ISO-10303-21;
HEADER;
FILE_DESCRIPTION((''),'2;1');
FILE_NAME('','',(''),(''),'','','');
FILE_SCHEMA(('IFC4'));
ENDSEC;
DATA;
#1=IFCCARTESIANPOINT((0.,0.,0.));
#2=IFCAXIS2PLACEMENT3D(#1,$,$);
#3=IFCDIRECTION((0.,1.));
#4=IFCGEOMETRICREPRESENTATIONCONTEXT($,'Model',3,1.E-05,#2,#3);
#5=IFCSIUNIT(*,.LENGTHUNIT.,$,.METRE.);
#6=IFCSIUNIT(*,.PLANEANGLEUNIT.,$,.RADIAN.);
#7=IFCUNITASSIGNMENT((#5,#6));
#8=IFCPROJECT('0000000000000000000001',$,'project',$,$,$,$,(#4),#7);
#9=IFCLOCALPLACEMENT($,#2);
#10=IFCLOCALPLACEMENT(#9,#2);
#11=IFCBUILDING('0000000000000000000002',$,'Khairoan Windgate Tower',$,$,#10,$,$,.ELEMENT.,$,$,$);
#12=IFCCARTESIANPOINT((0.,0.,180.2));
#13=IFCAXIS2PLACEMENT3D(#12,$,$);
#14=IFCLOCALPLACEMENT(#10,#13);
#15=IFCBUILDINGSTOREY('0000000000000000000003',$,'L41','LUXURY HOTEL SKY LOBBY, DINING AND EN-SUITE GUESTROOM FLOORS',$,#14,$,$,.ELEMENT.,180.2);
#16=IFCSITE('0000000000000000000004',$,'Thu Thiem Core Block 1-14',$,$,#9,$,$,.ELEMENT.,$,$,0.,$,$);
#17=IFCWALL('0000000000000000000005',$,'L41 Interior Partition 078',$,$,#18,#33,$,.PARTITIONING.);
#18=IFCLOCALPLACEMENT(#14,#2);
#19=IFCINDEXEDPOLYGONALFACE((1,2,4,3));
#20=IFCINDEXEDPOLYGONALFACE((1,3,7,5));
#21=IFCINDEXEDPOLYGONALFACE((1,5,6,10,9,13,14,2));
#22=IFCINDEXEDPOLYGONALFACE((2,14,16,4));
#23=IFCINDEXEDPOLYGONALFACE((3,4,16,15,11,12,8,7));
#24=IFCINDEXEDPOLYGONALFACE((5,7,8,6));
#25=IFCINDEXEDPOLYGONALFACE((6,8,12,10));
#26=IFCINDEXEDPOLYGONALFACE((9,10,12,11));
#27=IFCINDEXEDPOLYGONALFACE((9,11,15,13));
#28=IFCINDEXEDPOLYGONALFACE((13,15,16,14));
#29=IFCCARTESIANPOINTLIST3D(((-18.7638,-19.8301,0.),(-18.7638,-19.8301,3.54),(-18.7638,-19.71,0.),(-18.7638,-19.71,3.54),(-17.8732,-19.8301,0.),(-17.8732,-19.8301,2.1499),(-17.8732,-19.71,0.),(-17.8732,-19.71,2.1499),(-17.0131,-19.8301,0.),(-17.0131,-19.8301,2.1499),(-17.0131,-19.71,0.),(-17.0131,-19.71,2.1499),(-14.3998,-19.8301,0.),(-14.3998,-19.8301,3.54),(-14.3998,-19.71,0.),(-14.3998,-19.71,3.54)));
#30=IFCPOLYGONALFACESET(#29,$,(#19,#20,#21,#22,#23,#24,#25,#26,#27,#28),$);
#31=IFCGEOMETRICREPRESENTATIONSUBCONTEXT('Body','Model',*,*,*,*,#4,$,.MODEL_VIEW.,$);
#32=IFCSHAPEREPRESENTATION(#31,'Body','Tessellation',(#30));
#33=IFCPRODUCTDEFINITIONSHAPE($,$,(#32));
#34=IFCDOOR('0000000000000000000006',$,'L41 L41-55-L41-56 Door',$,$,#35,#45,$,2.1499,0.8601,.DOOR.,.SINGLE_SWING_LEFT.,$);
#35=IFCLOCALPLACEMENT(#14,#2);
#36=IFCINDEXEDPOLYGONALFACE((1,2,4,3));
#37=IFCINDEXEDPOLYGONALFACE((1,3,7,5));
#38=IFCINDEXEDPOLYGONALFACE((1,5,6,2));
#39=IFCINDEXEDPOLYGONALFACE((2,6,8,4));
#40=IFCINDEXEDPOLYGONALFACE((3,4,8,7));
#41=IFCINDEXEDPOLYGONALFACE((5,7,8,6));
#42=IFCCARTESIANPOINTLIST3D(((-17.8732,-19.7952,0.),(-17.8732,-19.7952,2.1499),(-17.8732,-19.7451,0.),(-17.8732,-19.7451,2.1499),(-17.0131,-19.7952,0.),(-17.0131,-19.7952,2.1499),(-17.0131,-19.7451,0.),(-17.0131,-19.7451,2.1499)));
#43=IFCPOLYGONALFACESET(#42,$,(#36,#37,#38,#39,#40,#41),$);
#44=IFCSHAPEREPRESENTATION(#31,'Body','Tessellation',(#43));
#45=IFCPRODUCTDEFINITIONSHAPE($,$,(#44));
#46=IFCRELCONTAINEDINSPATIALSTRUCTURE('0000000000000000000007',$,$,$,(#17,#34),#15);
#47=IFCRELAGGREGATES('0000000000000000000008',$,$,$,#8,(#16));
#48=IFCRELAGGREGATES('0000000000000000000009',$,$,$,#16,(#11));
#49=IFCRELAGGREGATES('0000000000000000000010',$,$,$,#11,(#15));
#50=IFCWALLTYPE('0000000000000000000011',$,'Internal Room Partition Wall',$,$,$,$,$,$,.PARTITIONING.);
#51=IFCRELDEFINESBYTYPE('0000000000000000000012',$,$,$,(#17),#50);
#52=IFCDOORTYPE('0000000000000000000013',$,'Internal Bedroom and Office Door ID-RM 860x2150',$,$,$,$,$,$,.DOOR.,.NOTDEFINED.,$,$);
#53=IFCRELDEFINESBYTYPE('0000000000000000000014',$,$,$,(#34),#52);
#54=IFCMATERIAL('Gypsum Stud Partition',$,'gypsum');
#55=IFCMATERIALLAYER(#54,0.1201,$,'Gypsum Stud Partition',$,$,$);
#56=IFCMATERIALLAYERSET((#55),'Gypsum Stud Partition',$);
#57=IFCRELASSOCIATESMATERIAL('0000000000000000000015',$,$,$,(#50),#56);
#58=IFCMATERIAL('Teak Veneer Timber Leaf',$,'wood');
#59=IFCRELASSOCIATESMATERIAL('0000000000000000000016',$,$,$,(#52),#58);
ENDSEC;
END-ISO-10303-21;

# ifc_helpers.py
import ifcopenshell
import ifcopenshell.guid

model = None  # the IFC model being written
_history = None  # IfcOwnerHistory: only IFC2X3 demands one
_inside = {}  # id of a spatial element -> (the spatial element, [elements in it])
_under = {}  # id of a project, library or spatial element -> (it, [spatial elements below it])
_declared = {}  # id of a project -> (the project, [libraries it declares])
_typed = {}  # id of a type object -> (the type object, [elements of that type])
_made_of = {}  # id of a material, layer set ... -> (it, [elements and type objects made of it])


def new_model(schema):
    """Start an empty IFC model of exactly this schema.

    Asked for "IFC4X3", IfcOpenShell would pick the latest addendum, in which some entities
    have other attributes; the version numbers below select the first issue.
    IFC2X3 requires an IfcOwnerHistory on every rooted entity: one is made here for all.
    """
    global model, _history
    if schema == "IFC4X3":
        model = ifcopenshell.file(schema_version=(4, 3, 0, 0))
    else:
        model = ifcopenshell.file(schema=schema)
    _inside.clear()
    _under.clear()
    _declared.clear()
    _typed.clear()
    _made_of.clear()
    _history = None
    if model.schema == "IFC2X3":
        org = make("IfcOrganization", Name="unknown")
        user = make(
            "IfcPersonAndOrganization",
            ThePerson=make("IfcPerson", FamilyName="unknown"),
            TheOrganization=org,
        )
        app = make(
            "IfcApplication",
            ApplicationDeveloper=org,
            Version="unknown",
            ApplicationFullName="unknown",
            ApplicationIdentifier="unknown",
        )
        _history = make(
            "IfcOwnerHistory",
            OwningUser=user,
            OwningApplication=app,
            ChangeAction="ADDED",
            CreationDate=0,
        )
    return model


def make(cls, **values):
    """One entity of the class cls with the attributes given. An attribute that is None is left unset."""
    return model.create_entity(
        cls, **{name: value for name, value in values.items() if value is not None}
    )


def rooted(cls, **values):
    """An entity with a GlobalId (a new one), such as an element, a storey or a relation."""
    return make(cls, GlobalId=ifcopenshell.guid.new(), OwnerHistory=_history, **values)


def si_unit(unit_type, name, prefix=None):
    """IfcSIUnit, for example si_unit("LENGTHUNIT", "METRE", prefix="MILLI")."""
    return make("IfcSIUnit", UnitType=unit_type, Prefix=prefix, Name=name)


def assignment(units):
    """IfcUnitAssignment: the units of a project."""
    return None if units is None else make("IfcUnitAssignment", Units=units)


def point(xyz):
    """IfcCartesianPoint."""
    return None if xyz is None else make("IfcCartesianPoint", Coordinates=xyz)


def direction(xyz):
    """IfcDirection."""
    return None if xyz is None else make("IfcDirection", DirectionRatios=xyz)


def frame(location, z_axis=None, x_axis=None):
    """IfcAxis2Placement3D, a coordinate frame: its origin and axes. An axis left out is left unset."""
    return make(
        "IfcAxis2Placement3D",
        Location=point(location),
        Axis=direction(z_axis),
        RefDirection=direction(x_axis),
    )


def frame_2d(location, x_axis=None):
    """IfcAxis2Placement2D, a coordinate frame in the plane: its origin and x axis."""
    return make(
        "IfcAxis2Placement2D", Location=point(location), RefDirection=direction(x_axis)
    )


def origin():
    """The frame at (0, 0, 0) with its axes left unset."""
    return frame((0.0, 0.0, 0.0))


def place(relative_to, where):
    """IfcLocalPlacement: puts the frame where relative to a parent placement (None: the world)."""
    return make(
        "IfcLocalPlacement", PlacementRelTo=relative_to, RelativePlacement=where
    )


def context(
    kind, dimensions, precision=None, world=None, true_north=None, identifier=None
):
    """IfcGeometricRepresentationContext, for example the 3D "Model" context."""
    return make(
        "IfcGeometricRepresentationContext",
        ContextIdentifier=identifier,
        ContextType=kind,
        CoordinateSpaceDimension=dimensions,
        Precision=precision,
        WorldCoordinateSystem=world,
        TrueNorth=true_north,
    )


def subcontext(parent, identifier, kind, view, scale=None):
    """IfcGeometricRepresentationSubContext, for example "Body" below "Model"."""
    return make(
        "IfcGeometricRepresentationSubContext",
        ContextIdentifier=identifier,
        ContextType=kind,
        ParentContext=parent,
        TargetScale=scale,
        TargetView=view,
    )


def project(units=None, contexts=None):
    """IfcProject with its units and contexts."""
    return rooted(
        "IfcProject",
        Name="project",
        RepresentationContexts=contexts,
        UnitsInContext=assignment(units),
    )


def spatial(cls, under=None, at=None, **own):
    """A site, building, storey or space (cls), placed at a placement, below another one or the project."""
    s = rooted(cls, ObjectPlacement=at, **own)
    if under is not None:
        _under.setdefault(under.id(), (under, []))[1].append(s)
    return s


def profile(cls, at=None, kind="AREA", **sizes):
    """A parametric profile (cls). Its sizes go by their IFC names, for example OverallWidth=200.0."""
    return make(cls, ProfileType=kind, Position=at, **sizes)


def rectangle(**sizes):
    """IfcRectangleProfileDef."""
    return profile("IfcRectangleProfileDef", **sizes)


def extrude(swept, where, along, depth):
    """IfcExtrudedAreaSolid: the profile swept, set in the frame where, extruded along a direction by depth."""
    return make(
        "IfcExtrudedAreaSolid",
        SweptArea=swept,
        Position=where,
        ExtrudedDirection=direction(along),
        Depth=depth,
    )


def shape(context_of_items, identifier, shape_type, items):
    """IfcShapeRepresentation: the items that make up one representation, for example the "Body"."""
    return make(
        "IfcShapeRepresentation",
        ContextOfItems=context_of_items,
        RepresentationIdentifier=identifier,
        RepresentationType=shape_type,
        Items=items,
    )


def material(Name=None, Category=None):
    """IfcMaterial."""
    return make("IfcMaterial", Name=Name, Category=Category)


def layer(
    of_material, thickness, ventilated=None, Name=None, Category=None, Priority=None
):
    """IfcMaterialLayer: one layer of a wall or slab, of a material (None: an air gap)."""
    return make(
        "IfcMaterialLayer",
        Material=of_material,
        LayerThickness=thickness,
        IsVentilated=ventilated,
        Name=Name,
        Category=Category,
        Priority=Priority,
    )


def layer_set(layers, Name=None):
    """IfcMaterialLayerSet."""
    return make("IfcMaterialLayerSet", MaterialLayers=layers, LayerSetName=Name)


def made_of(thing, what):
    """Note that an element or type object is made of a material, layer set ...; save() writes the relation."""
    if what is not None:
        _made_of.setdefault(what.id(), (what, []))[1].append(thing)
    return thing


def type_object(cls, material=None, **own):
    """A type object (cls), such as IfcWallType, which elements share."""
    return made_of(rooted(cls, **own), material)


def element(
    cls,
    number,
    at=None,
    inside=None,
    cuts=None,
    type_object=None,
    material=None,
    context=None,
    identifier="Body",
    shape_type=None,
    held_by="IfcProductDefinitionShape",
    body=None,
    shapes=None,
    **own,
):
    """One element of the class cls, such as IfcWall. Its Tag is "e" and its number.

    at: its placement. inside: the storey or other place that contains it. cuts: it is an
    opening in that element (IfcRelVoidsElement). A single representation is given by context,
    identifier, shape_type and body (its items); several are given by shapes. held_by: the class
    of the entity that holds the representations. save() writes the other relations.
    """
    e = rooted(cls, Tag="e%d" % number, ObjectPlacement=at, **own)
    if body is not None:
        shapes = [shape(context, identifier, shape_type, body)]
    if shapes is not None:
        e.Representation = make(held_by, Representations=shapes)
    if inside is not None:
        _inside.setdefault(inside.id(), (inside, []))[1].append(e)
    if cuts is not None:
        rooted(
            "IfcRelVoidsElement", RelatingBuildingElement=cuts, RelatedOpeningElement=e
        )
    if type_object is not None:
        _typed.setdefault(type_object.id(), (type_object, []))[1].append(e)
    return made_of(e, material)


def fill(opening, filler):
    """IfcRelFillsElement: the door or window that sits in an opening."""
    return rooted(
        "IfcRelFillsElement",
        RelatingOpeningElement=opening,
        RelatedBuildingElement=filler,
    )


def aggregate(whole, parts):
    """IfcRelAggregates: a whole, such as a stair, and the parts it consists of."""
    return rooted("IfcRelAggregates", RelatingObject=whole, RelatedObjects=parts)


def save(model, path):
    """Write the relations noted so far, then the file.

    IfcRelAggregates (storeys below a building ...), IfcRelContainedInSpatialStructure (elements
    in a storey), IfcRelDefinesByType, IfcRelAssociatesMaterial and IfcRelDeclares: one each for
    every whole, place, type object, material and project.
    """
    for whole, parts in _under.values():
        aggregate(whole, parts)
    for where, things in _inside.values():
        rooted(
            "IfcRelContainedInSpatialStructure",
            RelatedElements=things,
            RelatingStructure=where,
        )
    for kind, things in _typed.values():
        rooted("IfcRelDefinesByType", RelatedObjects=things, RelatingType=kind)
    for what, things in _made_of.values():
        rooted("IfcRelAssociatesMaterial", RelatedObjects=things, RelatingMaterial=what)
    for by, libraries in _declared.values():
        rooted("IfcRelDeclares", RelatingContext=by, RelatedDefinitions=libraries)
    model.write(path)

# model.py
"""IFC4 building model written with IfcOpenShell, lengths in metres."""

from ifc_helpers import new_model, si_unit, direction, frame, frame_2d, origin, place, context, subcontext, project, spatial, rectangle, extrude, material, layer, layer_set, type_object, element, fill, save


model = new_model("IFC4")

# Units and contexts
model_context = context("Model", 3, precision=1e-05, world=origin(), true_north=direction((0.0, 1.0)))
body_context = subcontext(model_context, "Body", "Model", "MODEL_VIEW")
ifc_project = project(units=[si_unit("LENGTHUNIT", "METRE"), si_unit("PLANEANGLEUNIT", "RADIAN")], contexts=[model_context])

# Site, building, storey
site_placement = place(None, origin())
site = spatial("IfcSite", under=ifc_project, at=site_placement, Name="Thu Thiem Core Block 1-14", CompositionType="ELEMENT", RefElevation=0.0)
building_placement = place(site_placement, origin())
building = spatial("IfcBuilding", under=site, at=building_placement, Name="Khairoan Windgate Tower", CompositionType="ELEMENT")
storey_placement = place(building_placement, frame((0.0, 0.0, 180.2)))
storey = spatial("IfcBuildingStorey", under=building, at=storey_placement, Name="L41", Description="LUXURY HOTEL SKY LOBBY, DINING AND EN-SUITE GUESTROOM FLOORS", CompositionType="ELEMENT", Elevation=180.2)

# Wall, opening, door
ifc_material_1 = material(Name="Gypsum Stud Partition", Category="gypsum")
ifc_layer_1 = layer(ifc_material_1, 0.1201, Name="Gypsum Stud Partition")
ifc_layer_set_1 = layer_set([ifc_layer_1], Name="Gypsum Stud Partition")
wall_type_1 = type_object("IfcWallType", Name="Internal Room Partition Wall", PredefinedType="PARTITIONING", material=ifc_layer_set_1)
wall_1_placement = place(storey_placement, frame((-18.7639, -19.77, 0.0), z_axis=(0.0, 0.0, 1.0), x_axis=(1.0, 0.0, 0.0)))
wall_1 = element("IfcWall", 1, at=wall_1_placement, inside=storey, type_object=wall_type_1, Name="L41 Interior Partition 078", PredefinedType="PARTITIONING", context=body_context, shape_type="SweptSolid", body=[
    extrude(rectangle(XDim=4.364, YDim=0.1201, at=frame_2d((2.1821, 0.0))), origin(), (0.0, 0.0, 1.0), 3.54),
])
opening_1_placement = place(wall_1_placement, frame((0.8906, 0.0, 0.0)))
opening_1 = element("IfcOpeningElement", 2, at=opening_1_placement, cuts=wall_1, PredefinedType="OPENING", context=body_context, shape_type="SweptSolid", body=[
    extrude(rectangle(XDim=0.8601, YDim=2.1499, at=frame_2d((0.4302, 1.075))), frame((0.0, 0.0701, 0.0), z_axis=(0.0, -1.0, 0.0), x_axis=(1.0, 0.0, 0.0)), (0.0, 0.0, 1.0), 0.1401),
])
ifc_material_2 = material(Name="Teak Veneer Timber Leaf", Category="wood")
door_type_1 = type_object("IfcDoorType", Name="Internal Bedroom and Office Door ID-RM 860x2150", OperationType="NOTDEFINED", PredefinedType="DOOR", material=ifc_material_2)
door_1_placement = place(opening_1_placement, origin())
door_1 = element("IfcDoor", 3, at=door_1_placement, inside=storey, type_object=door_type_1, Name="L41 L41-55-L41-56 Door", OperationType="SINGLE_SWING_LEFT", OverallHeight=2.1499, OverallWidth=0.8601, PredefinedType="DOOR", context=body_context, shape_type="SweptSolid", body=[
    extrude(rectangle(XDim=0.8601, YDim=2.1499, at=frame_2d((0.4302, 1.075))), frame((0.0, 0.0249, 0.0), z_axis=(0.0, -1.0, 0.0), x_axis=(1.0, 0.0, 0.0)), (0.0, 0.0, 1.0), 0.05),
])
fill(opening_1, door_1)

save(model, "model.ifc")
